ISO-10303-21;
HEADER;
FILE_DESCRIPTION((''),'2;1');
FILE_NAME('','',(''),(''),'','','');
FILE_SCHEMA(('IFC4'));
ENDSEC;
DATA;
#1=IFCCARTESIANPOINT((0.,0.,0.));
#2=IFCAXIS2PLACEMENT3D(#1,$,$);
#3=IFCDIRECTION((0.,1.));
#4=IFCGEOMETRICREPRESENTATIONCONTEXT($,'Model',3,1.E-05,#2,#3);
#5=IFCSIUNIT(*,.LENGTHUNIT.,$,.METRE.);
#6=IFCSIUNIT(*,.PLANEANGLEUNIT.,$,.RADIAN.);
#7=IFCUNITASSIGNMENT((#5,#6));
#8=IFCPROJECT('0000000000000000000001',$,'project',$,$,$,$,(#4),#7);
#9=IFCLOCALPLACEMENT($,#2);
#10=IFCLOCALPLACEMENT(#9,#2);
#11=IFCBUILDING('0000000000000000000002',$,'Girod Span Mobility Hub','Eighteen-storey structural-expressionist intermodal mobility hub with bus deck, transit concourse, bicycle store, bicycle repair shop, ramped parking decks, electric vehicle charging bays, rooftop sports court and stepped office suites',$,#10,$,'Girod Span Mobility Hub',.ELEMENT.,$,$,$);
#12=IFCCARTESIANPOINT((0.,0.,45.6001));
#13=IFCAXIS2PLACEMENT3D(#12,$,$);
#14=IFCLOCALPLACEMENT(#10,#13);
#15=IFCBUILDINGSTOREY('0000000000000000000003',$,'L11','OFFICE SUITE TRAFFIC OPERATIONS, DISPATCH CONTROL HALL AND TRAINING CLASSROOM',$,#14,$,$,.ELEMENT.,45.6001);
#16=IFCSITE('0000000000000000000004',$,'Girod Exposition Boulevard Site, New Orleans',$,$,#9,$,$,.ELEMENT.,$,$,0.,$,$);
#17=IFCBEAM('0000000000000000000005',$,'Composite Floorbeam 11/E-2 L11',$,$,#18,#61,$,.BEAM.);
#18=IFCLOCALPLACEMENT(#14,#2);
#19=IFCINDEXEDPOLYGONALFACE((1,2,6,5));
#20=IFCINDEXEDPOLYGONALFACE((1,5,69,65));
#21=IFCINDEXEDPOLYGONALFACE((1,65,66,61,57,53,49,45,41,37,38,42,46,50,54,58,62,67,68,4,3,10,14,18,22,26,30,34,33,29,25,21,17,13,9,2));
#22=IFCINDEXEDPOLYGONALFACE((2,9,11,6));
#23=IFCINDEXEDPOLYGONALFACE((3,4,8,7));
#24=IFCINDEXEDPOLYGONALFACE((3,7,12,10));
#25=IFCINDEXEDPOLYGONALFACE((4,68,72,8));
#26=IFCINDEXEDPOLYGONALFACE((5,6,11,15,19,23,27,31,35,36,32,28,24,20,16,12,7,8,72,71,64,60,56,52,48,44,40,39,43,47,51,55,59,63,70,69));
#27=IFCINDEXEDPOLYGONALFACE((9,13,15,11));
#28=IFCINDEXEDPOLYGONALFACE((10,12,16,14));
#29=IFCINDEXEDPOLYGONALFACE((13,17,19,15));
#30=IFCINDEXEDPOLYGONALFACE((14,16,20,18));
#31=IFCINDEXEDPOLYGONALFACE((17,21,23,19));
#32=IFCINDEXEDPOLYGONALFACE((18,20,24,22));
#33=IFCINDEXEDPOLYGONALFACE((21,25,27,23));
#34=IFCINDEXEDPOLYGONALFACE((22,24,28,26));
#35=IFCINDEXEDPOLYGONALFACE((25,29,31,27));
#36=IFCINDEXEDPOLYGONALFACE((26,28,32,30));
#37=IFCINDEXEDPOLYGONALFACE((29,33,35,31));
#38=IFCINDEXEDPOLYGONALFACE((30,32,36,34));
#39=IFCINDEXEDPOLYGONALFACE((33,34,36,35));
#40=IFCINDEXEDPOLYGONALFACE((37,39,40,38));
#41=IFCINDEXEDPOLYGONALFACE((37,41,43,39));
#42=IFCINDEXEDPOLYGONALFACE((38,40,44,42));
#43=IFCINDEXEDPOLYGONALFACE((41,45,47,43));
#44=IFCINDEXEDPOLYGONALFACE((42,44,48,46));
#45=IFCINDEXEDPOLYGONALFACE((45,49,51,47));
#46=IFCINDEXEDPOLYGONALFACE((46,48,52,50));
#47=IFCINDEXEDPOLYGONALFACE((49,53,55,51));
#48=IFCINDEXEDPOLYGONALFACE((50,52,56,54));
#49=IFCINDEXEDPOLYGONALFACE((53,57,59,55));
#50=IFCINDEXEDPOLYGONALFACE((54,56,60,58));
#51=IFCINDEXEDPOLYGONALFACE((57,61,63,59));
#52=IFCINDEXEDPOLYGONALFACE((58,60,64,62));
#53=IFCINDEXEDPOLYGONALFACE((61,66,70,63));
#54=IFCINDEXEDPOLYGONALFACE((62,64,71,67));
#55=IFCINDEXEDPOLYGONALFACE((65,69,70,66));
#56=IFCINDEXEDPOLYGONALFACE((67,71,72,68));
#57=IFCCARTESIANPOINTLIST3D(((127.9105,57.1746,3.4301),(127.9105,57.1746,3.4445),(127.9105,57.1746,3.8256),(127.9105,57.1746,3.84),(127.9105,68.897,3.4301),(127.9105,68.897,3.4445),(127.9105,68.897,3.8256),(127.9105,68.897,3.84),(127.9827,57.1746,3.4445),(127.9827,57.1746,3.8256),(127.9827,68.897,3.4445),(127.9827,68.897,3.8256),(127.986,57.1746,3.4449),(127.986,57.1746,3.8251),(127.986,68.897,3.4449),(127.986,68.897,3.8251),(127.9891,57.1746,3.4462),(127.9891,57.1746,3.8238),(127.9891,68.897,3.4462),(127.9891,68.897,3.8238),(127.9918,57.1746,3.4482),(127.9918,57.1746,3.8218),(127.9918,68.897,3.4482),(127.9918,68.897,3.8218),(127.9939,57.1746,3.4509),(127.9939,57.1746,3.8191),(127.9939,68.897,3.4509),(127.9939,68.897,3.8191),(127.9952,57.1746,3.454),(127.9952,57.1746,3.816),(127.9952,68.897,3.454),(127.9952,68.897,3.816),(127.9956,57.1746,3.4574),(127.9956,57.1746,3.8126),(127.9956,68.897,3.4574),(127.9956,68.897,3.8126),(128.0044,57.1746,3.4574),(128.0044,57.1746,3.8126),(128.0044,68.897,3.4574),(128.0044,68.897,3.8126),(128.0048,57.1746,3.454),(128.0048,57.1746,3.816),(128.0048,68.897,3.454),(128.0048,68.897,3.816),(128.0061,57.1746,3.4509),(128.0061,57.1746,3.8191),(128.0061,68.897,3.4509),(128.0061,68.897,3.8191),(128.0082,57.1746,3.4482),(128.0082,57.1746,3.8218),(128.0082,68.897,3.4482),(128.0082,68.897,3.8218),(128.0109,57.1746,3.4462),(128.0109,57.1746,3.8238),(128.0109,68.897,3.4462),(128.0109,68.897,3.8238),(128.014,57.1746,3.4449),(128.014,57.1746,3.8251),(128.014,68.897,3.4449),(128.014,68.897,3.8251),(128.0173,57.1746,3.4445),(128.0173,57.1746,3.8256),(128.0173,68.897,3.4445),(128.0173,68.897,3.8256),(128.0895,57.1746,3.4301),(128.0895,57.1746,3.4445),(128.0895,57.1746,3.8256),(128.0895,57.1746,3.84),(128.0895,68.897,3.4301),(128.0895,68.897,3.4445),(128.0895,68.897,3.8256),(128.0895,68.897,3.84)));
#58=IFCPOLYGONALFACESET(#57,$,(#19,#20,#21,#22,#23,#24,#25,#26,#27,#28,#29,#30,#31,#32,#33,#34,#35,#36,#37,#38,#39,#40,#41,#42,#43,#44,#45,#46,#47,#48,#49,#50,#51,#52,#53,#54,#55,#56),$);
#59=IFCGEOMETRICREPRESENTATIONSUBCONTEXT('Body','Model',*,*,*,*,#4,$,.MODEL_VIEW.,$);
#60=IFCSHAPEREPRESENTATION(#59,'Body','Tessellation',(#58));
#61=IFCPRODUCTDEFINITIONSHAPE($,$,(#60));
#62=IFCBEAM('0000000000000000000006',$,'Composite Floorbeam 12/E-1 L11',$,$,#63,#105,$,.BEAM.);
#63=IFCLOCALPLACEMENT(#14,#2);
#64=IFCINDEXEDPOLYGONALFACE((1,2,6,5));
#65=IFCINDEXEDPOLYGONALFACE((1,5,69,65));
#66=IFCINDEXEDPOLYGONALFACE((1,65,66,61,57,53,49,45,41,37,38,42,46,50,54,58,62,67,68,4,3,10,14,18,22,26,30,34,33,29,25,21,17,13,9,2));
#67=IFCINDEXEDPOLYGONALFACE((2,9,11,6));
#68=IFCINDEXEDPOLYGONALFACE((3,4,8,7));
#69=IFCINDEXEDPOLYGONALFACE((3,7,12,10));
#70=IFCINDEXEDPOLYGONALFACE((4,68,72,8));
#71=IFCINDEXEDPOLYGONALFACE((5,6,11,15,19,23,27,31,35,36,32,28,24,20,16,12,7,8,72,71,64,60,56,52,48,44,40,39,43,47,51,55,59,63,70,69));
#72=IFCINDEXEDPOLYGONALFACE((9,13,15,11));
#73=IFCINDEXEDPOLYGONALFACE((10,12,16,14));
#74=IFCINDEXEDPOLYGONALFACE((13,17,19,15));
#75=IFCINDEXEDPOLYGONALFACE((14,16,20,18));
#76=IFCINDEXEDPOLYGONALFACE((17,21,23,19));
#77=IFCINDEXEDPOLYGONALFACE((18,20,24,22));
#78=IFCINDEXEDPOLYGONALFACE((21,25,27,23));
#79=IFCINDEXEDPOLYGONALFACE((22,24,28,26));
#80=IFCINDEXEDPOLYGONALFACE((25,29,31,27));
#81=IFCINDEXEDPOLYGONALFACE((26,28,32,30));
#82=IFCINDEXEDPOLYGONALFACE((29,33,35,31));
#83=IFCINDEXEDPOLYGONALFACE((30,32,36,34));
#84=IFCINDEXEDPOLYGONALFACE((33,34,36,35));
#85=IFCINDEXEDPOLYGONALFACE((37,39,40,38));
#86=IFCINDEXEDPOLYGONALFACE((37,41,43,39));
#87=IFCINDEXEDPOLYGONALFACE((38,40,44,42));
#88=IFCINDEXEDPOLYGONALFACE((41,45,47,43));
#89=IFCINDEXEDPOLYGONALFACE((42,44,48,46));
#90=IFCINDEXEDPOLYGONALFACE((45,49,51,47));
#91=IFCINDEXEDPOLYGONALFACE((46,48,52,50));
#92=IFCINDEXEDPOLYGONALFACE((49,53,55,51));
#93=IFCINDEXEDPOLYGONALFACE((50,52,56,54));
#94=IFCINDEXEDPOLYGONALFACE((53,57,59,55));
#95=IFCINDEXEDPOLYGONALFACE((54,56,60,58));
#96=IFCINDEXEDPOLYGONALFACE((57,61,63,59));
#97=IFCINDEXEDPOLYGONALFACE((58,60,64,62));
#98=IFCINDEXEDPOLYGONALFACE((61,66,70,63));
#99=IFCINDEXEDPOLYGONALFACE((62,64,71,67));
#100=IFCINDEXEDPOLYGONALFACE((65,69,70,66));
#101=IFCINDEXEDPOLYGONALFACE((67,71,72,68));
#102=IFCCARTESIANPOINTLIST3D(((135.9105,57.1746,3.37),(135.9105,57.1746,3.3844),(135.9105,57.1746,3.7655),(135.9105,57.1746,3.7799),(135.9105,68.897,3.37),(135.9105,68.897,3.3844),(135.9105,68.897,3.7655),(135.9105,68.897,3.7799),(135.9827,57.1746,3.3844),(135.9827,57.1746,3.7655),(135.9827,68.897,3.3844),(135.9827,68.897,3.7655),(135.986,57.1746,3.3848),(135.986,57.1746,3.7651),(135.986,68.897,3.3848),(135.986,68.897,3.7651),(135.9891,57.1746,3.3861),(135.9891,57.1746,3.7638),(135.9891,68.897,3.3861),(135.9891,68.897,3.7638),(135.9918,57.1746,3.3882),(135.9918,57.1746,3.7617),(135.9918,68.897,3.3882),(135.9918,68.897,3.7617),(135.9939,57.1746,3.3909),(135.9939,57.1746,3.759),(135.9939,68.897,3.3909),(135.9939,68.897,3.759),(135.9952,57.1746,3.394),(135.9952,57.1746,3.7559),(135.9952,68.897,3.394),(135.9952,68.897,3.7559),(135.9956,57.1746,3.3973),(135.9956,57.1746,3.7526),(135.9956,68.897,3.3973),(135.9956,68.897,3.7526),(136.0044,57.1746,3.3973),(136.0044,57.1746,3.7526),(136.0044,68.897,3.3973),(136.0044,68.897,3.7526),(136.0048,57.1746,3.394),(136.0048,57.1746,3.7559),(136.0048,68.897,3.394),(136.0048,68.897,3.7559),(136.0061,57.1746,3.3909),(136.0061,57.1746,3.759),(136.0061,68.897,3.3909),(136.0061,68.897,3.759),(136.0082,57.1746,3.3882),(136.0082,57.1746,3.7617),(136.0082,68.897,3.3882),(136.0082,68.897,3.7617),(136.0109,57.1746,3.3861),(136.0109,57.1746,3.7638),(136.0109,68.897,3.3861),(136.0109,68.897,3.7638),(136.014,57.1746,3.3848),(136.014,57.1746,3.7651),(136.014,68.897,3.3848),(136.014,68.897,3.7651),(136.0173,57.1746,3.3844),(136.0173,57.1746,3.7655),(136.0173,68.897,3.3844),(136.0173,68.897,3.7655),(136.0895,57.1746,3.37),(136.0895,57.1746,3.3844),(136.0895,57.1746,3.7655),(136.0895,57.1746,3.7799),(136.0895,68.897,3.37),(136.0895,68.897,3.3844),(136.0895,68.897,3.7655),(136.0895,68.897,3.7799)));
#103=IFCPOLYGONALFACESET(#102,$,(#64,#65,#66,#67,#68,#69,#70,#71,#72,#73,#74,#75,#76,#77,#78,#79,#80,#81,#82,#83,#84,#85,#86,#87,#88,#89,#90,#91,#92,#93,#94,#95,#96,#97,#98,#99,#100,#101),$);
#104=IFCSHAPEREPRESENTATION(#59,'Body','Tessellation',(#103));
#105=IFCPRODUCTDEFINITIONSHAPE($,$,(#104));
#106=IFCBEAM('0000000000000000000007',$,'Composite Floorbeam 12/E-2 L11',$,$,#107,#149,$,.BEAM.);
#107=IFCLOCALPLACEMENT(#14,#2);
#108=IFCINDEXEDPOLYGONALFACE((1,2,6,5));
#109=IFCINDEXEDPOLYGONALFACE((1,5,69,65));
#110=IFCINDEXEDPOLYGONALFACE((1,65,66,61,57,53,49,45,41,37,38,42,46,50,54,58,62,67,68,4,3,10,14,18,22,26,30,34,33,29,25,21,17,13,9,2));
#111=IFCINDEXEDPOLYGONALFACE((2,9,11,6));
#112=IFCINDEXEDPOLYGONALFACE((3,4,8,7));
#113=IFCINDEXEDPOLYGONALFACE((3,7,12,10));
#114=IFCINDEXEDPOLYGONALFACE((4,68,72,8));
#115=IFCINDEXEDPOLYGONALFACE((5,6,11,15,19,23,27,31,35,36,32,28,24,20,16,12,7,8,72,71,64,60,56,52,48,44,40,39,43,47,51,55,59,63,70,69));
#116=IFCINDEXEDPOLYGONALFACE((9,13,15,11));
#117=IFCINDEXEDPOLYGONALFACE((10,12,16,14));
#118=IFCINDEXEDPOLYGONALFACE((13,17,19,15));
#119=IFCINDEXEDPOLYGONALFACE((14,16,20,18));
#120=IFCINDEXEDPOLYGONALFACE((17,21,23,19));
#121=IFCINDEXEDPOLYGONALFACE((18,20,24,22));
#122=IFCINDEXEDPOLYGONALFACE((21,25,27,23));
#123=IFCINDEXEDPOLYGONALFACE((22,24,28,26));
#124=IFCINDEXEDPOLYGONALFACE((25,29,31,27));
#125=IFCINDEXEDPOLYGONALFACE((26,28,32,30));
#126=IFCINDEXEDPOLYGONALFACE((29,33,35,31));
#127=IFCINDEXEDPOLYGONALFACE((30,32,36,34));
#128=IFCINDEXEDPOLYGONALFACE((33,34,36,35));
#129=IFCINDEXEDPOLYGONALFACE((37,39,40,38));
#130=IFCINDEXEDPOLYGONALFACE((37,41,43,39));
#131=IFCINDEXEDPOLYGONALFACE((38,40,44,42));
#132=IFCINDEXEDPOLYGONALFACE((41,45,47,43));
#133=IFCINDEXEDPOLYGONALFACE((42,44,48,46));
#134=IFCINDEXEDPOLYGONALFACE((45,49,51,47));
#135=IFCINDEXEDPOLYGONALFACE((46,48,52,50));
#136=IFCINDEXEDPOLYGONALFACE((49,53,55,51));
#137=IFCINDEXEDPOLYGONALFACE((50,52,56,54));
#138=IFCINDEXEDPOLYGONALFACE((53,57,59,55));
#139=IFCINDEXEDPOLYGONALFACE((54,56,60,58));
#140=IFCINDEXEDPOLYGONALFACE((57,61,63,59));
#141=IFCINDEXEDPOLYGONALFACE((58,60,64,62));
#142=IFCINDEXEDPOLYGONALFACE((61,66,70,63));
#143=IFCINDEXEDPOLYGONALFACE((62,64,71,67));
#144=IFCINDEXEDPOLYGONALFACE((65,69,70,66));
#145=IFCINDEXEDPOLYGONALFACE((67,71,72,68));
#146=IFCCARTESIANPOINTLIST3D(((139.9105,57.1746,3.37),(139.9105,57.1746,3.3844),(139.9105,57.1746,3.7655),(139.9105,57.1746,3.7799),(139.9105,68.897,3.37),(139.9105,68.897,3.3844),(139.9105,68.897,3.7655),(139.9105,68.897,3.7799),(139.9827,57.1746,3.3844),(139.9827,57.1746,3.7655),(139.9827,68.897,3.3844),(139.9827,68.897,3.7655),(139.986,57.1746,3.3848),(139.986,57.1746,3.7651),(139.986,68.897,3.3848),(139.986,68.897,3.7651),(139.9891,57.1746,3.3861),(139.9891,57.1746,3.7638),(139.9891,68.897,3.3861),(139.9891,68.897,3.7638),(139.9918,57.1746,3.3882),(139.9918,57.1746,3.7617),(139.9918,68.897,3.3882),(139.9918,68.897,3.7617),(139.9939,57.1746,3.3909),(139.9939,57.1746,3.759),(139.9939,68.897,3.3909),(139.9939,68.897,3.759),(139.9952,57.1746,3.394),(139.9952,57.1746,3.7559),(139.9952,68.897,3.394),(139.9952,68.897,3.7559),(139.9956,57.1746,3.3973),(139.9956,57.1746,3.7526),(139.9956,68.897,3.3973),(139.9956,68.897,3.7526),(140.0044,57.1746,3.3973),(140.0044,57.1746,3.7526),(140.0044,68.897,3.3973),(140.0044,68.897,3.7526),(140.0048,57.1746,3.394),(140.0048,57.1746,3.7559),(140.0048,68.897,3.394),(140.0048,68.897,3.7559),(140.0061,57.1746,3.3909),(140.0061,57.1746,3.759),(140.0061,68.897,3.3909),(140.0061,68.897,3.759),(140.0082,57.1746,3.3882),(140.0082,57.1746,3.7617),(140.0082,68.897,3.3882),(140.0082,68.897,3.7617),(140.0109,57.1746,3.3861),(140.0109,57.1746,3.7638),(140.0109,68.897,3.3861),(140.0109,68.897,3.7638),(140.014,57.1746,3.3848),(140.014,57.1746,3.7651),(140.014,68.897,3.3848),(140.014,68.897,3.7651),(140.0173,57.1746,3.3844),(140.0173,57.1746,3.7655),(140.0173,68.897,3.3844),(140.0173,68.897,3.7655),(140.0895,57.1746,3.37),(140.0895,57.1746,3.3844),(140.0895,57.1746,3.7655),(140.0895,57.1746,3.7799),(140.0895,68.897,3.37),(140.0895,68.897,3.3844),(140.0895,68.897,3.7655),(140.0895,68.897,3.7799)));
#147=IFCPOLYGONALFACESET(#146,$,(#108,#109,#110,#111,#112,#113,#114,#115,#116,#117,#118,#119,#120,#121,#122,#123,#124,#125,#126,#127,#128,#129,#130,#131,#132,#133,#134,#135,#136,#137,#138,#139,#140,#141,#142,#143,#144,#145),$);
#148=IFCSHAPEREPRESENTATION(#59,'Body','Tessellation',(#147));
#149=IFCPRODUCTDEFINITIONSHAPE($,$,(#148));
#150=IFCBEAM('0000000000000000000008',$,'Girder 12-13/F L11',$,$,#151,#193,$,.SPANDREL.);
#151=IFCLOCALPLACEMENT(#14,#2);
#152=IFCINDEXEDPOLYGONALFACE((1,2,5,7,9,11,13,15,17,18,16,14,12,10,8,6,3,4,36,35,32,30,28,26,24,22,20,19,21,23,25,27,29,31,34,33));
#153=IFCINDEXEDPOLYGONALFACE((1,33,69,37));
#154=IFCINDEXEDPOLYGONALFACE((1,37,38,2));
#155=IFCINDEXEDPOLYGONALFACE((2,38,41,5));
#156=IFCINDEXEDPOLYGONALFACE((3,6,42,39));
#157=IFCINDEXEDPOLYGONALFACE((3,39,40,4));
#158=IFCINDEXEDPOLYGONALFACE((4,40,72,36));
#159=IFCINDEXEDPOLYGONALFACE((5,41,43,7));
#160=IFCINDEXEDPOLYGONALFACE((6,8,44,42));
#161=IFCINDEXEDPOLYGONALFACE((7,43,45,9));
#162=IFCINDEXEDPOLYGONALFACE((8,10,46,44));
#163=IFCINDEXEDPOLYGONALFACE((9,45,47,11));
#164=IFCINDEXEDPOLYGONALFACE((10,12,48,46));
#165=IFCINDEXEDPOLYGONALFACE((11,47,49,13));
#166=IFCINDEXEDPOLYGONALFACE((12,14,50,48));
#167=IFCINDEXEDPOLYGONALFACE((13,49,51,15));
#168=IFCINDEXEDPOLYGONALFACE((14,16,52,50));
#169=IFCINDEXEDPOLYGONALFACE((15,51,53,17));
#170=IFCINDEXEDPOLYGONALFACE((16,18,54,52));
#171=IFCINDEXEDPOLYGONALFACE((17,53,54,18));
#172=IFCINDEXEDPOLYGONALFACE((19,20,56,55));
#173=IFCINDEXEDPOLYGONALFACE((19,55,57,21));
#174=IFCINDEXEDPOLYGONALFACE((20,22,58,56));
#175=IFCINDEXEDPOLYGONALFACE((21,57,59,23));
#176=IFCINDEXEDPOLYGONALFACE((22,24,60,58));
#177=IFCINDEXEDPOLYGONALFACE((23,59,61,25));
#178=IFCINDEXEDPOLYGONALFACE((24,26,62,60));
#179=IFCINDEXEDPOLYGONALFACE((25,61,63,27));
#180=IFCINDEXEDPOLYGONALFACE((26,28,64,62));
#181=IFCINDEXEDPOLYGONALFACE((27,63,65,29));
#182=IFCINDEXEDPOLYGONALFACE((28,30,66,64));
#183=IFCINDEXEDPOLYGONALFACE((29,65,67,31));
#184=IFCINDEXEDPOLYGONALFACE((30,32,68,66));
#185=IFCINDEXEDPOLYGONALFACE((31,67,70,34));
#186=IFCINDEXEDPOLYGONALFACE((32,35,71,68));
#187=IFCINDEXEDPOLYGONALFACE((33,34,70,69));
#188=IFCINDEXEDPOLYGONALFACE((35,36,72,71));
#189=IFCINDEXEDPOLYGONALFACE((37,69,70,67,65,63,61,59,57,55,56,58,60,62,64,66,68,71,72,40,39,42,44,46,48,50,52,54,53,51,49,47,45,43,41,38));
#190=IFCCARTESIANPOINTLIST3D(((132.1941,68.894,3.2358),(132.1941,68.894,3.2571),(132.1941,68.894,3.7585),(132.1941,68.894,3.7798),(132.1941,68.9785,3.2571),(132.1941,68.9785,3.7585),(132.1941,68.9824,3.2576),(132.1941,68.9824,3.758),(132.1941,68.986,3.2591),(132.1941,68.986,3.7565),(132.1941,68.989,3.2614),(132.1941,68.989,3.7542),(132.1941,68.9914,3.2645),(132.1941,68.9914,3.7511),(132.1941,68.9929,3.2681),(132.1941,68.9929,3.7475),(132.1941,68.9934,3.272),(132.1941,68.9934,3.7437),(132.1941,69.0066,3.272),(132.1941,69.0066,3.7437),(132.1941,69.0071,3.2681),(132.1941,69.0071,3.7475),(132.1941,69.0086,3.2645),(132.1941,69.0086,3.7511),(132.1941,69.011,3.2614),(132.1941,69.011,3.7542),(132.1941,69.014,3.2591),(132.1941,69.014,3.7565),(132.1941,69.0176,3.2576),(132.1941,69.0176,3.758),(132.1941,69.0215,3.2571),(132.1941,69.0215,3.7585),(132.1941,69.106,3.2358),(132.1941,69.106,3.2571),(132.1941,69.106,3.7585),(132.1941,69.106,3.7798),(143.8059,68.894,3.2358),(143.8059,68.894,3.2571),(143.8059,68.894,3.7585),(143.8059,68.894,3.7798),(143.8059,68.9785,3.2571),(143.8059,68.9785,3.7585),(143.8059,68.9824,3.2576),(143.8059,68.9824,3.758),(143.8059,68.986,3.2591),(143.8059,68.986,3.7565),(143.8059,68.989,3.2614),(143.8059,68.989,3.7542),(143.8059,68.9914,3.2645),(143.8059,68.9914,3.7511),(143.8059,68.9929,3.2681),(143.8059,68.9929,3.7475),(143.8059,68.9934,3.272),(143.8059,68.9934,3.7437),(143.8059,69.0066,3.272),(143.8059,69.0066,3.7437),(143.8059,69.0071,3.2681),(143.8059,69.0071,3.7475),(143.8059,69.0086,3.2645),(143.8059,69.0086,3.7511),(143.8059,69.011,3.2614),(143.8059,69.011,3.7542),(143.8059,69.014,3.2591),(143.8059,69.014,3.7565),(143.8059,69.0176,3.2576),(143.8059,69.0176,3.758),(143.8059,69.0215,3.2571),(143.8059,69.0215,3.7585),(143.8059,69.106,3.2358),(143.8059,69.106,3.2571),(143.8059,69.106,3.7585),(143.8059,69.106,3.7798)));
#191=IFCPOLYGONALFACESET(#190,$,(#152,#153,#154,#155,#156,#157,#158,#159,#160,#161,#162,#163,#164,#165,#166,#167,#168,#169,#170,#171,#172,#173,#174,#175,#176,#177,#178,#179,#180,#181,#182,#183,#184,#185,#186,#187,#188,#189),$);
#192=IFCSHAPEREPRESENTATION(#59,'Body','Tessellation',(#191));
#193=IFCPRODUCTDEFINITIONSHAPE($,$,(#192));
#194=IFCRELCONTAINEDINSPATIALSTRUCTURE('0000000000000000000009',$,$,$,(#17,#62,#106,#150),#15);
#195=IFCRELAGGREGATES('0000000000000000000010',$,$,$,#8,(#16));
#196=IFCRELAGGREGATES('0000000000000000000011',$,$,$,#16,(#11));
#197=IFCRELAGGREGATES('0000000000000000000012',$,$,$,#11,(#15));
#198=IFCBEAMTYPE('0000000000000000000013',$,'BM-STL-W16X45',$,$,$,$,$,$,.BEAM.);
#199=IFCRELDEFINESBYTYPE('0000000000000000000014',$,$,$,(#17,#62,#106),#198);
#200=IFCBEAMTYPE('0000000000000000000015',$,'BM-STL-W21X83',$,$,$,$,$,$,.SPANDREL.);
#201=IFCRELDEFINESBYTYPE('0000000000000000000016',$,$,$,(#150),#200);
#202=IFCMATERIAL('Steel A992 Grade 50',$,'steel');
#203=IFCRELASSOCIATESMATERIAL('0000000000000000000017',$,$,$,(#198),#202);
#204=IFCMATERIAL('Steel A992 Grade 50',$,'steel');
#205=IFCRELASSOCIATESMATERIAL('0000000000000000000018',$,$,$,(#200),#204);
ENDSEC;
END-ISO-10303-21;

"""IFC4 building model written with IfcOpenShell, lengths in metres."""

from ifc_helpers import new_model, si_unit, direction, frame, origin, origin_2d, place, context, subcontext, project, spatial, i_section, extrude, material, material_profile, profile_set, type_object, element, save


model = new_model("IFC4")

# Units and contexts
model_context = context("Model", 3, precision=1e-05, world=origin(), true_north=direction((0.0, 1.0)))
body_context = subcontext(model_context, "Body", "Model", "MODEL_VIEW")
ifc_project = project(units=[si_unit("LENGTHUNIT", "METRE"), si_unit("PLANEANGLEUNIT", "RADIAN")], contexts=[model_context])

# Site, building, storey
site_placement = place(None, origin())
site = spatial("IfcSite", under=ifc_project, at=site_placement, Name="Girod Exposition Boulevard Site, New Orleans", CompositionType="ELEMENT", RefElevation=0.0)
building_placement = place(site_placement, origin())
building = spatial("IfcBuilding", under=site, at=building_placement, Name="Girod Span Mobility Hub", Description="Eighteen-storey structural-expressionist intermodal mobility hub with bus deck, transit concourse, bicycle store, bicycle repair shop, ramped parking decks, electric vehicle charging bays, rooftop sports court and stepped office suites", LongName="Girod Span Mobility Hub", CompositionType="ELEMENT")
storey_placement = place(building_placement, frame((0.0, 0.0, 45.6001)))
storey = spatial("IfcBuildingStorey", under=building, at=storey_placement, Name="L11", Description="OFFICE SUITE TRAFFIC OPERATIONS, DISPATCH CONTROL HALL AND TRAINING CLASSROOM", CompositionType="ELEMENT", Elevation=45.6001)

# Beams
ifc_material_1 = material(Name="Steel A992 Grade 50", Category="steel")
ifc_material_profile_1 = material_profile(ifc_material_1, i_section(OverallWidth=0.179, OverallDepth=0.4099, WebThickness=0.0088, FlangeThickness=0.0144, FilletRadius=0.0129, at=origin_2d()), Name="W16X45")
ifc_profile_set_1 = profile_set([ifc_material_profile_1], Name="Steel A992 Grade 50")
beam_type_1 = type_object("IfcBeamType", Name="BM-STL-W16X45", PredefinedType="BEAM", material=ifc_profile_set_1)
for number, where, z_axis, x_axis, name in (
    (1, (128.0, 57.1746, 3.635), (0.0, 1.0, 0.0), (-1.0, 0.0, 0.0), "Composite Floorbeam 11/E-2 L11"),
    (2, (136.0, 57.1746, 3.575), (0.0, 1.0, 0.0), (-1.0, 0.0, 0.0), "Composite Floorbeam 12/E-1 L11"),
    (3, (140.0, 57.1746, 3.575), (0.0, 1.0, 0.0), (-1.0, 0.0, 0.0), "Composite Floorbeam 12/E-2 L11"),
):
    element("IfcBeam", number, at=place(storey_placement, frame(where, z_axis=z_axis, x_axis=x_axis)), inside=storey, type_object=beam_type_1, Name=name, PredefinedType="BEAM", context=body_context, shape_type="SweptSolid", body=[
        extrude(i_section(OverallWidth=0.179, OverallDepth=0.4099, WebThickness=0.0088, FlangeThickness=0.0144, FilletRadius=0.0129, at=origin_2d()), origin(), (0.0, 0.0, 1.0), 11.7224),
    ])
ifc_material_2 = material(Name="Steel A992 Grade 50", Category="steel")
ifc_material_profile_2 = material_profile(ifc_material_2, i_section(OverallWidth=0.2119, OverallDepth=0.5439, WebThickness=0.0132, FlangeThickness=0.0212, FilletRadius=0.0149, at=origin_2d()), Name="W21X83")
ifc_profile_set_2 = profile_set([ifc_material_profile_2], Name="Steel A992 Grade 50")
beam_type_2 = type_object("IfcBeamType", Name="BM-STL-W21X83", PredefinedType="SPANDREL", material=ifc_profile_set_2)
beam_1_placement = place(storey_placement, frame((132.1941, 69.0, 3.5078), z_axis=(1.0, 0.0, 0.0), x_axis=(0.0, 1.0, 0.0)))
element("IfcBeam", 4, at=beam_1_placement, inside=storey, type_object=beam_type_2, Name="Girder 12-13/F L11", PredefinedType="SPANDREL", context=body_context, shape_type="SweptSolid", body=[
    extrude(i_section(OverallWidth=0.2119, OverallDepth=0.5439, WebThickness=0.0132, FlangeThickness=0.0212, FilletRadius=0.0149, at=origin_2d()), origin(), (0.0, 0.0, 1.0), 11.6118),
])

save(model, "model.ifc")
